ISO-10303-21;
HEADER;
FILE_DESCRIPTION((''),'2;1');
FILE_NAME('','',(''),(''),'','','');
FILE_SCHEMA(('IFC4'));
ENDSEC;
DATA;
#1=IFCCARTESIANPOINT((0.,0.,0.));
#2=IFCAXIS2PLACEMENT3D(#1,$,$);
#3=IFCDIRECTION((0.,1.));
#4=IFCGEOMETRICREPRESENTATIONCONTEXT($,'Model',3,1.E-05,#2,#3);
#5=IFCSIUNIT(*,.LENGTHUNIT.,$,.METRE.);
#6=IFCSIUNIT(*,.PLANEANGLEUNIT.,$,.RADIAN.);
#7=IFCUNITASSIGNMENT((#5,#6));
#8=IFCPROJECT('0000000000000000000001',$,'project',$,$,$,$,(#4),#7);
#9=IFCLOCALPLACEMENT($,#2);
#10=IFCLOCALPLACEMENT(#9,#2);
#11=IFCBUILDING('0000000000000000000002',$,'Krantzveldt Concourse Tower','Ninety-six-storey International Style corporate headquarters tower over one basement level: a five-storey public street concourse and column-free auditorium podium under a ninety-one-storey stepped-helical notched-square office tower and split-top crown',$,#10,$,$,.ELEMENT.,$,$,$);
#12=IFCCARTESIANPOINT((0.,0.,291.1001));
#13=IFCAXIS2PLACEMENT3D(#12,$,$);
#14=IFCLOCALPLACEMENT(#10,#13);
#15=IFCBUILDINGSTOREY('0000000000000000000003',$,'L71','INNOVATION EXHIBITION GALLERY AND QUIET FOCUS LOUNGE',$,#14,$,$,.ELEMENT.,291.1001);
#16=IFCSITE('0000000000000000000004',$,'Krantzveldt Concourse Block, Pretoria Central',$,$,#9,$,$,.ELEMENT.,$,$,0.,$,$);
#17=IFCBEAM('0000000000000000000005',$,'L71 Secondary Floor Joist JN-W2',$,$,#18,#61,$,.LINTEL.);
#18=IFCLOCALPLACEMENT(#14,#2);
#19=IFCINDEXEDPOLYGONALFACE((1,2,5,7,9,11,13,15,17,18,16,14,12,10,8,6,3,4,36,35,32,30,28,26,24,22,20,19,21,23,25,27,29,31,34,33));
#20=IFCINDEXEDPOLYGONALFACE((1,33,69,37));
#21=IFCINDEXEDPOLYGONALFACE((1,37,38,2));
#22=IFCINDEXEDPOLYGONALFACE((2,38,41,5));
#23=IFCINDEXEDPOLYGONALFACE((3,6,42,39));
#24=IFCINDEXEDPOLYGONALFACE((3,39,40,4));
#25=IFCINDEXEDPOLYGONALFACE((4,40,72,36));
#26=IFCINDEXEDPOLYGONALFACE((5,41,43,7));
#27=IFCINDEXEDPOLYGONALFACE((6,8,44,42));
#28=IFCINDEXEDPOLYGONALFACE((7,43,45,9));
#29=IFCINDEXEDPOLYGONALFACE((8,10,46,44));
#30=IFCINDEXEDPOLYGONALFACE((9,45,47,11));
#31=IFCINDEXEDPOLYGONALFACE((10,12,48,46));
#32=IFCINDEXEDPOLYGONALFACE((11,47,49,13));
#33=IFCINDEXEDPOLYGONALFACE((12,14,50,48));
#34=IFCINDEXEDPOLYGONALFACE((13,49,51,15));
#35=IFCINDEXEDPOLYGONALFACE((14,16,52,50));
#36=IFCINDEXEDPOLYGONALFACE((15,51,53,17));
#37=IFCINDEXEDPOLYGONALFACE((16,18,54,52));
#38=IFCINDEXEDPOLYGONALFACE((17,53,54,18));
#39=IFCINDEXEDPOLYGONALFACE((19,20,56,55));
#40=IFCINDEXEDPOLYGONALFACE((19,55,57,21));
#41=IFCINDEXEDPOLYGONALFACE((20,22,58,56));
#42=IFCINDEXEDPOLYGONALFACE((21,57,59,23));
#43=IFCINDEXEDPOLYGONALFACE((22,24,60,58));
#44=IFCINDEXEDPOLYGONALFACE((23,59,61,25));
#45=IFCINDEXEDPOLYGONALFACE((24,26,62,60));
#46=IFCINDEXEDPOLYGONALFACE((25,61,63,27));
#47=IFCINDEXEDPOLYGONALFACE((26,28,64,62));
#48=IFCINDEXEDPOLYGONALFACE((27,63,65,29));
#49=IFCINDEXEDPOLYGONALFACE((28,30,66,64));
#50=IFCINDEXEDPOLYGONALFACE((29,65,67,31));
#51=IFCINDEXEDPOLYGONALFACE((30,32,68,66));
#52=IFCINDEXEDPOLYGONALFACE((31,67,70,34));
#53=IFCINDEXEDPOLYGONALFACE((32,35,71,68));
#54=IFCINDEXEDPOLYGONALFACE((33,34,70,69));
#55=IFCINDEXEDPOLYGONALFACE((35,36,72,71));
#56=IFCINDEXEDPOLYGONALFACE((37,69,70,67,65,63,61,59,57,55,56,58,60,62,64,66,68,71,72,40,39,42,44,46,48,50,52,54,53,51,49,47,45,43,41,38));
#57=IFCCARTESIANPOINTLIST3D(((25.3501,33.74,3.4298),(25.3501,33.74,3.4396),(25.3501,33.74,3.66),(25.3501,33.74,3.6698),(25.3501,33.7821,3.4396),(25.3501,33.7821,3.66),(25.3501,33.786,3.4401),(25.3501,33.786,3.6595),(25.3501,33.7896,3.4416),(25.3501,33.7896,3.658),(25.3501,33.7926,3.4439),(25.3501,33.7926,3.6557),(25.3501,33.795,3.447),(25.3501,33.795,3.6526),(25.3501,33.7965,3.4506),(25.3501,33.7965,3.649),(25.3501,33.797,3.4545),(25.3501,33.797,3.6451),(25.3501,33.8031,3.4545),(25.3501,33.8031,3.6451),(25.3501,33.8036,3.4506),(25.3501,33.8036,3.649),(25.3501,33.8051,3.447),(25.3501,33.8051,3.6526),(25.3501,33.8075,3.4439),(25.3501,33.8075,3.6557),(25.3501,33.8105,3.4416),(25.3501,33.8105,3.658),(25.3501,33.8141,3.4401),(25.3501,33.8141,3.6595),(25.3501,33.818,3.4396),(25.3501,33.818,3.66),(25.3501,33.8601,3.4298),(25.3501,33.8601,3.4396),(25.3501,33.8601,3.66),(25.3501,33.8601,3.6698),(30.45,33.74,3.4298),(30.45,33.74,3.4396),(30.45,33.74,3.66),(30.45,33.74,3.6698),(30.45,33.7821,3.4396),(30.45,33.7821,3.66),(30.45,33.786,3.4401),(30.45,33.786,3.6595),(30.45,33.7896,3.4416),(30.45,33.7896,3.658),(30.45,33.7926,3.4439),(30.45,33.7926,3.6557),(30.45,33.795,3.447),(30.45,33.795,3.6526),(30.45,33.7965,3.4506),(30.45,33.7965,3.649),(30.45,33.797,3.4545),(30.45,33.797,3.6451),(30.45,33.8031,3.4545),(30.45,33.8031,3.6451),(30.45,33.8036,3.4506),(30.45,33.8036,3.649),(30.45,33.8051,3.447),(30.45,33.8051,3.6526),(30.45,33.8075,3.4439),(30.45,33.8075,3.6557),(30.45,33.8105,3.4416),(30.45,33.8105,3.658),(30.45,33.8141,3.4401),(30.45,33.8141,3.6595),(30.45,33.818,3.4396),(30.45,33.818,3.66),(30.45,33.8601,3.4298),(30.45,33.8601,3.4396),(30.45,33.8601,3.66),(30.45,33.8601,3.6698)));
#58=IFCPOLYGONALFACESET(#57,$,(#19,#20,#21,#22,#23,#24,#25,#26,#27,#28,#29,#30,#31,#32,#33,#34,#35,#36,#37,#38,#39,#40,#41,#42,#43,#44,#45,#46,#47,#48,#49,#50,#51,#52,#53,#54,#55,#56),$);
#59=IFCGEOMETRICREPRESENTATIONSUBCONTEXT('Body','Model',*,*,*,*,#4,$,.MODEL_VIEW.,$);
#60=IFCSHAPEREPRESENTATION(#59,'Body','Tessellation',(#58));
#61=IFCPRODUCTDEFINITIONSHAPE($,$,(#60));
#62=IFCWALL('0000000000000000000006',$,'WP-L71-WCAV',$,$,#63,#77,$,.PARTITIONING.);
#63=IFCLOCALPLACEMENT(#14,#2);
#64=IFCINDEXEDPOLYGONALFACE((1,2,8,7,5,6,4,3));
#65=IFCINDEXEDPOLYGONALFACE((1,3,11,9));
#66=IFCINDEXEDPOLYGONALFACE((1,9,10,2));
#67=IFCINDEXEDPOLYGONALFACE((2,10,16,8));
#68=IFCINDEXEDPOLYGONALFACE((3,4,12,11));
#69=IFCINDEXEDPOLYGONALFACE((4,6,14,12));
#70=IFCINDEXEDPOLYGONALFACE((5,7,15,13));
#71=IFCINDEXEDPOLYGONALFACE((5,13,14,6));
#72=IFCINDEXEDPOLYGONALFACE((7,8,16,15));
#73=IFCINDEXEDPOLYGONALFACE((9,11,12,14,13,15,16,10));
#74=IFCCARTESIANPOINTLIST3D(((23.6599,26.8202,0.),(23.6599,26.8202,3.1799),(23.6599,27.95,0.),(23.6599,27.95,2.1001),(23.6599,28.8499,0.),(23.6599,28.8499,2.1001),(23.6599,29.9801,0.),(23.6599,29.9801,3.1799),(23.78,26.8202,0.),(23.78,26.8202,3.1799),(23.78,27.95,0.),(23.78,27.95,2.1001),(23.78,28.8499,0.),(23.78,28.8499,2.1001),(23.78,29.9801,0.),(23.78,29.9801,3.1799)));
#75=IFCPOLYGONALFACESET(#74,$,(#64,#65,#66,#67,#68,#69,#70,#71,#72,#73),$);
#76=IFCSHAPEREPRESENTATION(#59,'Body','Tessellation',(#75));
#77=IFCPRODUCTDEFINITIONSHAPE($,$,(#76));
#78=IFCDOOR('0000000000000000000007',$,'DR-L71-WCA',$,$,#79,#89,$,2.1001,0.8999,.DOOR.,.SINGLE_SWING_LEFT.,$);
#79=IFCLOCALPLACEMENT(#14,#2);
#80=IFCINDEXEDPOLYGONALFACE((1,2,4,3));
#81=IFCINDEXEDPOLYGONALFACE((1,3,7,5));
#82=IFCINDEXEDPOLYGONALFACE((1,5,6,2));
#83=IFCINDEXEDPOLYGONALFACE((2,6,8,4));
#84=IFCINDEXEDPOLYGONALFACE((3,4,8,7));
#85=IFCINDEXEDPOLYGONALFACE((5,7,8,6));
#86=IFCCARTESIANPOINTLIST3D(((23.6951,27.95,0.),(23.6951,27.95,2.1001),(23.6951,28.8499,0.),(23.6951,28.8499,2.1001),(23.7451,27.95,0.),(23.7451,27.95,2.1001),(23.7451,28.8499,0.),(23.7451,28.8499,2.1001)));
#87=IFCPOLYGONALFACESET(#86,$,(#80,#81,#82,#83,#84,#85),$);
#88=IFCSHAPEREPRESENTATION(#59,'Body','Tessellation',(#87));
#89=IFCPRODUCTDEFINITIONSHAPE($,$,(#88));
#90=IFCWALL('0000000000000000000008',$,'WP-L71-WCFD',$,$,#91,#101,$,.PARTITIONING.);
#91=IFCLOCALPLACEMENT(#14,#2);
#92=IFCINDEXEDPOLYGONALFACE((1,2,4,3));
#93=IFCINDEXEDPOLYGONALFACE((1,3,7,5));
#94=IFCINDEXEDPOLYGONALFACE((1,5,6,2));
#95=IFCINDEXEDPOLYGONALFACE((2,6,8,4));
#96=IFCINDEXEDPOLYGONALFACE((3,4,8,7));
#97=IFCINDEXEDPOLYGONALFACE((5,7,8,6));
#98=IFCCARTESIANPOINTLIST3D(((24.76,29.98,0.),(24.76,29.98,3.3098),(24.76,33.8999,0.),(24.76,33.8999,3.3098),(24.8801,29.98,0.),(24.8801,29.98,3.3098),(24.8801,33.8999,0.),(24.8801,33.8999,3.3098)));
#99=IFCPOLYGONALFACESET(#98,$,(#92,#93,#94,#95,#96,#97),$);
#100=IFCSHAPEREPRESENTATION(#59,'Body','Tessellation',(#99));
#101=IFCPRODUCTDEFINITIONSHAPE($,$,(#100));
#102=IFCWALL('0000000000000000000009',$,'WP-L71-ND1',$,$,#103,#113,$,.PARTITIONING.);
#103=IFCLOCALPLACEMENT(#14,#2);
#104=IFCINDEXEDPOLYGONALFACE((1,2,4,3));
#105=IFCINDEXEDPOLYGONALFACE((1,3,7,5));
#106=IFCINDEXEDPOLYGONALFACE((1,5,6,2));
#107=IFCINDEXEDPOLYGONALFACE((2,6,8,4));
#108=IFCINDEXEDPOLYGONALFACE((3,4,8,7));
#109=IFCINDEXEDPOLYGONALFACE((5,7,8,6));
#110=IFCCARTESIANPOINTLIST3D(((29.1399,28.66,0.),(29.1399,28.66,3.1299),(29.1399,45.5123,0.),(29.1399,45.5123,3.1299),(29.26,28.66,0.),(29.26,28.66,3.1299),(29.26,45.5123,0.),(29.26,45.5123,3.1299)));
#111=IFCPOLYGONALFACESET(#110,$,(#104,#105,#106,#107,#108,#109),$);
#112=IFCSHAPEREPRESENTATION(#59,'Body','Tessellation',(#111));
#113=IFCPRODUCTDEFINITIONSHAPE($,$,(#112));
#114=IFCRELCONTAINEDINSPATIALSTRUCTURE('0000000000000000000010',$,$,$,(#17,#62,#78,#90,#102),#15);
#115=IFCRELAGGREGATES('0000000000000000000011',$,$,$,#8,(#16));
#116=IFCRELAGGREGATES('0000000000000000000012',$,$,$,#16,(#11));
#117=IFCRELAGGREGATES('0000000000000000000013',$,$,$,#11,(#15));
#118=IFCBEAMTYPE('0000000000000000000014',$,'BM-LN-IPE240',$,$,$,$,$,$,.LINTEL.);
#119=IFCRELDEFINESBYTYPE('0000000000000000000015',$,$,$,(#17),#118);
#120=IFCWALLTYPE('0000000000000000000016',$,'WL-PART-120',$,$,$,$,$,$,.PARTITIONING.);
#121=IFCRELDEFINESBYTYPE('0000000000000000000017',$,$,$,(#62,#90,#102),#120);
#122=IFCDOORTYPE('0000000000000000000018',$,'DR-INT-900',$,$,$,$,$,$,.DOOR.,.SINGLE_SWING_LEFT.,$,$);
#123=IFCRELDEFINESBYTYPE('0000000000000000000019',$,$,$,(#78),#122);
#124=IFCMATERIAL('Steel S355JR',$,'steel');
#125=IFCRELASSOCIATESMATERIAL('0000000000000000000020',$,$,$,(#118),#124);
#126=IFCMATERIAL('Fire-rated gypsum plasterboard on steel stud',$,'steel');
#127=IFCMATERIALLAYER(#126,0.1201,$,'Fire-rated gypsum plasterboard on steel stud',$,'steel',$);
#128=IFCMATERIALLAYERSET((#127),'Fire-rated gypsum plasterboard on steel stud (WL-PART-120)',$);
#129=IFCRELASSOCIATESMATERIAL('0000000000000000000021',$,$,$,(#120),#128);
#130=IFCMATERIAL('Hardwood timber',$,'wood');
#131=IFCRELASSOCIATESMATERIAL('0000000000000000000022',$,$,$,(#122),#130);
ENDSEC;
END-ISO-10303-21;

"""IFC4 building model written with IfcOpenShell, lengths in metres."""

from ifc_helpers import new_model, si_unit, direction, frame, frame_2d, origin, origin_2d, place, context, subcontext, project, spatial, rectangle, i_section, extrude, source, transform, mapped, material, layer, layer_set, material_profile, profile_set, type_object, type_shapes, element, fill, save


model = new_model("IFC4")

# Units and contexts
model_context = context("Model", 3, precision=1e-05, world=origin(), true_north=direction((0.0, 1.0)))
body_context = subcontext(model_context, "Body", "Model", "MODEL_VIEW")
ifc_project = project(units=[si_unit("LENGTHUNIT", "METRE"), si_unit("PLANEANGLEUNIT", "RADIAN")], contexts=[model_context])

# Site, building, storey
site_placement = place(None, origin())
site = spatial("IfcSite", under=ifc_project, at=site_placement, Name="Krantzveldt Concourse Block, Pretoria Central", CompositionType="ELEMENT", RefElevation=0.0)
building_placement = place(site_placement, origin())
building = spatial("IfcBuilding", under=site, at=building_placement, Name="Krantzveldt Concourse Tower", Description="Ninety-six-storey International Style corporate headquarters tower over one basement level: a five-storey public street concourse and column-free auditorium podium under a ninety-one-storey stepped-helical notched-square office tower and split-top crown", CompositionType="ELEMENT")
storey_placement = place(building_placement, frame((0.0, 0.0, 291.1001)))
storey = spatial("IfcBuildingStorey", under=building, at=storey_placement, Name="L71", Description="INNOVATION EXHIBITION GALLERY AND QUIET FOCUS LOUNGE", CompositionType="ELEMENT", Elevation=291.1001)

# Beam
ifc_material_1 = material(Name="Steel S355JR", Category="steel")
ifc_material_profile_1 = material_profile(ifc_material_1, i_section(OverallWidth=0.1201, OverallDepth=0.24, WebThickness=0.0061, FlangeThickness=0.0098, FilletRadius=0.0149, at=origin_2d()), Name="Steel S355JR", Category="steel")
ifc_profile_set_1 = profile_set([ifc_material_profile_1], Name="Steel S355JR - IPE 240")
beam_type_1 = type_object("IfcBeamType", Name="BM-LN-IPE240", PredefinedType="LINTEL", material=ifc_profile_set_1)
shared_shape_1 = source(origin(), body_context, "Body", "SweptSolid", [
    extrude(i_section(OverallWidth=0.1201, OverallDepth=0.24, WebThickness=0.0061, FlangeThickness=0.0098, FilletRadius=0.0149, at=origin_2d()), origin(), (0.0, 0.0, 1.0), 5.0999),
])
type_shapes(beam_type_1, [shared_shape_1])
for number, where, z_axis, x_axis, name in (
    (1, (25.3501, 33.8, 3.5498), (1.0, 0.0, 0.0), (0.0, 1.0, 0.0), "L71 Secondary Floor Joist JN-W2"),
):
    element("IfcBeam", number, at=place(storey_placement, frame(where, z_axis=z_axis, x_axis=x_axis)), inside=storey, type_object=beam_type_1, Name=name, PredefinedType="LINTEL", context=body_context, shape_type="MappedRepresentation", body=[
        mapped(shared_shape_1, transform((0.0, 0.0, 0.0), x_axis=(1.0, 0.0, 0.0), y_axis=(0.0, 1.0, 0.0), z_axis=(0.0, 0.0, 1.0), scale=1.0)),
    ])

# Wall, opening, door
ifc_material_2 = material(Name="Fire-rated gypsum plasterboard on steel stud", Category="steel")
ifc_layer_1 = layer(ifc_material_2, 0.1201, Name="Fire-rated gypsum plasterboard on steel stud", Category="steel")
ifc_layer_set_1 = layer_set([ifc_layer_1], Name="Fire-rated gypsum plasterboard on steel stud (WL-PART-120)")
wall_type_1 = type_object("IfcWallType", Name="WL-PART-120", PredefinedType="PARTITIONING", material=ifc_layer_set_1)
wall_1_placement = place(storey_placement, frame((23.72, 26.8201, 0.0), z_axis=(0.0, 0.0, 1.0), x_axis=(0.0, 1.0, 0.0)))
wall_1 = element("IfcWall", 2, at=wall_1_placement, inside=storey, type_object=wall_type_1, Name="WP-L71-WCAV", PredefinedType="PARTITIONING", context=body_context, shape_type="SweptSolid", body=[
    extrude(rectangle(XDim=3.1599, YDim=0.1201, at=frame_2d((1.5801, 0.0))), origin(), (0.0, 0.0, 1.0), 3.1799),
])
opening_1_placement = place(wall_1_placement, frame((1.1299, 0.0, 0.0)))
opening_1 = element("IfcOpeningElement", 3, at=opening_1_placement, cuts=wall_1, PredefinedType="OPENING", context=body_context, shape_type="SweptSolid", body=[
    extrude(rectangle(XDim=0.8999, YDim=2.1001, at=frame_2d((0.45, 1.05))), frame((0.0, 0.0701, 0.0), z_axis=(0.0, -1.0, 0.0), x_axis=(1.0, 0.0, 0.0)), (0.0, 0.0, 1.0), 0.1401),
])
ifc_material_3 = material(Name="Hardwood timber", Category="wood")
door_type_1 = type_object("IfcDoorType", Name="DR-INT-900", OperationType="SINGLE_SWING_LEFT", PredefinedType="DOOR", material=ifc_material_3)
door_1_placement = place(opening_1_placement, origin())
door_1 = element("IfcDoor", 4, at=door_1_placement, inside=storey, type_object=door_type_1, Name="DR-L71-WCA", OperationType="SINGLE_SWING_LEFT", OverallHeight=2.1001, OverallWidth=0.8999, PredefinedType="DOOR", context=body_context, shape_type="SweptSolid", body=[
    extrude(rectangle(XDim=0.8999, YDim=2.1001, at=frame_2d((0.45, 1.05))), frame((0.0, 0.0249, 0.0), z_axis=(0.0, -1.0, 0.0), x_axis=(1.0, 0.0, 0.0)), (0.0, 0.0, 1.0), 0.05),
])
fill(opening_1, door_1)

# Walls
wall_2_placement = place(storey_placement, frame((24.8201, 29.98, 0.0), z_axis=(0.0, 0.0, 1.0), x_axis=(0.0, 1.0, 0.0)))
element("IfcWall", 5, at=wall_2_placement, inside=storey, type_object=wall_type_1, Name="WP-L71-WCFD", PredefinedType="PARTITIONING", context=body_context, shape_type="SweptSolid", body=[
    extrude(rectangle(XDim=3.9199, YDim=0.1201, at=frame_2d((1.96, 0.0))), origin(), (0.0, 0.0, 1.0), 3.3098),
])
wall_3_placement = place(storey_placement, frame((29.2, 28.6599, 0.0), z_axis=(0.0, 0.0, 1.0), x_axis=(0.0, 1.0, 0.0)))
element("IfcWall", 6, at=wall_3_placement, inside=storey, type_object=wall_type_1, Name="WP-L71-ND1", PredefinedType="PARTITIONING", context=body_context, shape_type="SweptSolid", body=[
    extrude(rectangle(XDim=16.8523, YDim=0.1201, at=frame_2d((8.4263, 0.0))), origin(), (0.0, 0.0, 1.0), 3.1299),
])

save(model, "model.ifc")
